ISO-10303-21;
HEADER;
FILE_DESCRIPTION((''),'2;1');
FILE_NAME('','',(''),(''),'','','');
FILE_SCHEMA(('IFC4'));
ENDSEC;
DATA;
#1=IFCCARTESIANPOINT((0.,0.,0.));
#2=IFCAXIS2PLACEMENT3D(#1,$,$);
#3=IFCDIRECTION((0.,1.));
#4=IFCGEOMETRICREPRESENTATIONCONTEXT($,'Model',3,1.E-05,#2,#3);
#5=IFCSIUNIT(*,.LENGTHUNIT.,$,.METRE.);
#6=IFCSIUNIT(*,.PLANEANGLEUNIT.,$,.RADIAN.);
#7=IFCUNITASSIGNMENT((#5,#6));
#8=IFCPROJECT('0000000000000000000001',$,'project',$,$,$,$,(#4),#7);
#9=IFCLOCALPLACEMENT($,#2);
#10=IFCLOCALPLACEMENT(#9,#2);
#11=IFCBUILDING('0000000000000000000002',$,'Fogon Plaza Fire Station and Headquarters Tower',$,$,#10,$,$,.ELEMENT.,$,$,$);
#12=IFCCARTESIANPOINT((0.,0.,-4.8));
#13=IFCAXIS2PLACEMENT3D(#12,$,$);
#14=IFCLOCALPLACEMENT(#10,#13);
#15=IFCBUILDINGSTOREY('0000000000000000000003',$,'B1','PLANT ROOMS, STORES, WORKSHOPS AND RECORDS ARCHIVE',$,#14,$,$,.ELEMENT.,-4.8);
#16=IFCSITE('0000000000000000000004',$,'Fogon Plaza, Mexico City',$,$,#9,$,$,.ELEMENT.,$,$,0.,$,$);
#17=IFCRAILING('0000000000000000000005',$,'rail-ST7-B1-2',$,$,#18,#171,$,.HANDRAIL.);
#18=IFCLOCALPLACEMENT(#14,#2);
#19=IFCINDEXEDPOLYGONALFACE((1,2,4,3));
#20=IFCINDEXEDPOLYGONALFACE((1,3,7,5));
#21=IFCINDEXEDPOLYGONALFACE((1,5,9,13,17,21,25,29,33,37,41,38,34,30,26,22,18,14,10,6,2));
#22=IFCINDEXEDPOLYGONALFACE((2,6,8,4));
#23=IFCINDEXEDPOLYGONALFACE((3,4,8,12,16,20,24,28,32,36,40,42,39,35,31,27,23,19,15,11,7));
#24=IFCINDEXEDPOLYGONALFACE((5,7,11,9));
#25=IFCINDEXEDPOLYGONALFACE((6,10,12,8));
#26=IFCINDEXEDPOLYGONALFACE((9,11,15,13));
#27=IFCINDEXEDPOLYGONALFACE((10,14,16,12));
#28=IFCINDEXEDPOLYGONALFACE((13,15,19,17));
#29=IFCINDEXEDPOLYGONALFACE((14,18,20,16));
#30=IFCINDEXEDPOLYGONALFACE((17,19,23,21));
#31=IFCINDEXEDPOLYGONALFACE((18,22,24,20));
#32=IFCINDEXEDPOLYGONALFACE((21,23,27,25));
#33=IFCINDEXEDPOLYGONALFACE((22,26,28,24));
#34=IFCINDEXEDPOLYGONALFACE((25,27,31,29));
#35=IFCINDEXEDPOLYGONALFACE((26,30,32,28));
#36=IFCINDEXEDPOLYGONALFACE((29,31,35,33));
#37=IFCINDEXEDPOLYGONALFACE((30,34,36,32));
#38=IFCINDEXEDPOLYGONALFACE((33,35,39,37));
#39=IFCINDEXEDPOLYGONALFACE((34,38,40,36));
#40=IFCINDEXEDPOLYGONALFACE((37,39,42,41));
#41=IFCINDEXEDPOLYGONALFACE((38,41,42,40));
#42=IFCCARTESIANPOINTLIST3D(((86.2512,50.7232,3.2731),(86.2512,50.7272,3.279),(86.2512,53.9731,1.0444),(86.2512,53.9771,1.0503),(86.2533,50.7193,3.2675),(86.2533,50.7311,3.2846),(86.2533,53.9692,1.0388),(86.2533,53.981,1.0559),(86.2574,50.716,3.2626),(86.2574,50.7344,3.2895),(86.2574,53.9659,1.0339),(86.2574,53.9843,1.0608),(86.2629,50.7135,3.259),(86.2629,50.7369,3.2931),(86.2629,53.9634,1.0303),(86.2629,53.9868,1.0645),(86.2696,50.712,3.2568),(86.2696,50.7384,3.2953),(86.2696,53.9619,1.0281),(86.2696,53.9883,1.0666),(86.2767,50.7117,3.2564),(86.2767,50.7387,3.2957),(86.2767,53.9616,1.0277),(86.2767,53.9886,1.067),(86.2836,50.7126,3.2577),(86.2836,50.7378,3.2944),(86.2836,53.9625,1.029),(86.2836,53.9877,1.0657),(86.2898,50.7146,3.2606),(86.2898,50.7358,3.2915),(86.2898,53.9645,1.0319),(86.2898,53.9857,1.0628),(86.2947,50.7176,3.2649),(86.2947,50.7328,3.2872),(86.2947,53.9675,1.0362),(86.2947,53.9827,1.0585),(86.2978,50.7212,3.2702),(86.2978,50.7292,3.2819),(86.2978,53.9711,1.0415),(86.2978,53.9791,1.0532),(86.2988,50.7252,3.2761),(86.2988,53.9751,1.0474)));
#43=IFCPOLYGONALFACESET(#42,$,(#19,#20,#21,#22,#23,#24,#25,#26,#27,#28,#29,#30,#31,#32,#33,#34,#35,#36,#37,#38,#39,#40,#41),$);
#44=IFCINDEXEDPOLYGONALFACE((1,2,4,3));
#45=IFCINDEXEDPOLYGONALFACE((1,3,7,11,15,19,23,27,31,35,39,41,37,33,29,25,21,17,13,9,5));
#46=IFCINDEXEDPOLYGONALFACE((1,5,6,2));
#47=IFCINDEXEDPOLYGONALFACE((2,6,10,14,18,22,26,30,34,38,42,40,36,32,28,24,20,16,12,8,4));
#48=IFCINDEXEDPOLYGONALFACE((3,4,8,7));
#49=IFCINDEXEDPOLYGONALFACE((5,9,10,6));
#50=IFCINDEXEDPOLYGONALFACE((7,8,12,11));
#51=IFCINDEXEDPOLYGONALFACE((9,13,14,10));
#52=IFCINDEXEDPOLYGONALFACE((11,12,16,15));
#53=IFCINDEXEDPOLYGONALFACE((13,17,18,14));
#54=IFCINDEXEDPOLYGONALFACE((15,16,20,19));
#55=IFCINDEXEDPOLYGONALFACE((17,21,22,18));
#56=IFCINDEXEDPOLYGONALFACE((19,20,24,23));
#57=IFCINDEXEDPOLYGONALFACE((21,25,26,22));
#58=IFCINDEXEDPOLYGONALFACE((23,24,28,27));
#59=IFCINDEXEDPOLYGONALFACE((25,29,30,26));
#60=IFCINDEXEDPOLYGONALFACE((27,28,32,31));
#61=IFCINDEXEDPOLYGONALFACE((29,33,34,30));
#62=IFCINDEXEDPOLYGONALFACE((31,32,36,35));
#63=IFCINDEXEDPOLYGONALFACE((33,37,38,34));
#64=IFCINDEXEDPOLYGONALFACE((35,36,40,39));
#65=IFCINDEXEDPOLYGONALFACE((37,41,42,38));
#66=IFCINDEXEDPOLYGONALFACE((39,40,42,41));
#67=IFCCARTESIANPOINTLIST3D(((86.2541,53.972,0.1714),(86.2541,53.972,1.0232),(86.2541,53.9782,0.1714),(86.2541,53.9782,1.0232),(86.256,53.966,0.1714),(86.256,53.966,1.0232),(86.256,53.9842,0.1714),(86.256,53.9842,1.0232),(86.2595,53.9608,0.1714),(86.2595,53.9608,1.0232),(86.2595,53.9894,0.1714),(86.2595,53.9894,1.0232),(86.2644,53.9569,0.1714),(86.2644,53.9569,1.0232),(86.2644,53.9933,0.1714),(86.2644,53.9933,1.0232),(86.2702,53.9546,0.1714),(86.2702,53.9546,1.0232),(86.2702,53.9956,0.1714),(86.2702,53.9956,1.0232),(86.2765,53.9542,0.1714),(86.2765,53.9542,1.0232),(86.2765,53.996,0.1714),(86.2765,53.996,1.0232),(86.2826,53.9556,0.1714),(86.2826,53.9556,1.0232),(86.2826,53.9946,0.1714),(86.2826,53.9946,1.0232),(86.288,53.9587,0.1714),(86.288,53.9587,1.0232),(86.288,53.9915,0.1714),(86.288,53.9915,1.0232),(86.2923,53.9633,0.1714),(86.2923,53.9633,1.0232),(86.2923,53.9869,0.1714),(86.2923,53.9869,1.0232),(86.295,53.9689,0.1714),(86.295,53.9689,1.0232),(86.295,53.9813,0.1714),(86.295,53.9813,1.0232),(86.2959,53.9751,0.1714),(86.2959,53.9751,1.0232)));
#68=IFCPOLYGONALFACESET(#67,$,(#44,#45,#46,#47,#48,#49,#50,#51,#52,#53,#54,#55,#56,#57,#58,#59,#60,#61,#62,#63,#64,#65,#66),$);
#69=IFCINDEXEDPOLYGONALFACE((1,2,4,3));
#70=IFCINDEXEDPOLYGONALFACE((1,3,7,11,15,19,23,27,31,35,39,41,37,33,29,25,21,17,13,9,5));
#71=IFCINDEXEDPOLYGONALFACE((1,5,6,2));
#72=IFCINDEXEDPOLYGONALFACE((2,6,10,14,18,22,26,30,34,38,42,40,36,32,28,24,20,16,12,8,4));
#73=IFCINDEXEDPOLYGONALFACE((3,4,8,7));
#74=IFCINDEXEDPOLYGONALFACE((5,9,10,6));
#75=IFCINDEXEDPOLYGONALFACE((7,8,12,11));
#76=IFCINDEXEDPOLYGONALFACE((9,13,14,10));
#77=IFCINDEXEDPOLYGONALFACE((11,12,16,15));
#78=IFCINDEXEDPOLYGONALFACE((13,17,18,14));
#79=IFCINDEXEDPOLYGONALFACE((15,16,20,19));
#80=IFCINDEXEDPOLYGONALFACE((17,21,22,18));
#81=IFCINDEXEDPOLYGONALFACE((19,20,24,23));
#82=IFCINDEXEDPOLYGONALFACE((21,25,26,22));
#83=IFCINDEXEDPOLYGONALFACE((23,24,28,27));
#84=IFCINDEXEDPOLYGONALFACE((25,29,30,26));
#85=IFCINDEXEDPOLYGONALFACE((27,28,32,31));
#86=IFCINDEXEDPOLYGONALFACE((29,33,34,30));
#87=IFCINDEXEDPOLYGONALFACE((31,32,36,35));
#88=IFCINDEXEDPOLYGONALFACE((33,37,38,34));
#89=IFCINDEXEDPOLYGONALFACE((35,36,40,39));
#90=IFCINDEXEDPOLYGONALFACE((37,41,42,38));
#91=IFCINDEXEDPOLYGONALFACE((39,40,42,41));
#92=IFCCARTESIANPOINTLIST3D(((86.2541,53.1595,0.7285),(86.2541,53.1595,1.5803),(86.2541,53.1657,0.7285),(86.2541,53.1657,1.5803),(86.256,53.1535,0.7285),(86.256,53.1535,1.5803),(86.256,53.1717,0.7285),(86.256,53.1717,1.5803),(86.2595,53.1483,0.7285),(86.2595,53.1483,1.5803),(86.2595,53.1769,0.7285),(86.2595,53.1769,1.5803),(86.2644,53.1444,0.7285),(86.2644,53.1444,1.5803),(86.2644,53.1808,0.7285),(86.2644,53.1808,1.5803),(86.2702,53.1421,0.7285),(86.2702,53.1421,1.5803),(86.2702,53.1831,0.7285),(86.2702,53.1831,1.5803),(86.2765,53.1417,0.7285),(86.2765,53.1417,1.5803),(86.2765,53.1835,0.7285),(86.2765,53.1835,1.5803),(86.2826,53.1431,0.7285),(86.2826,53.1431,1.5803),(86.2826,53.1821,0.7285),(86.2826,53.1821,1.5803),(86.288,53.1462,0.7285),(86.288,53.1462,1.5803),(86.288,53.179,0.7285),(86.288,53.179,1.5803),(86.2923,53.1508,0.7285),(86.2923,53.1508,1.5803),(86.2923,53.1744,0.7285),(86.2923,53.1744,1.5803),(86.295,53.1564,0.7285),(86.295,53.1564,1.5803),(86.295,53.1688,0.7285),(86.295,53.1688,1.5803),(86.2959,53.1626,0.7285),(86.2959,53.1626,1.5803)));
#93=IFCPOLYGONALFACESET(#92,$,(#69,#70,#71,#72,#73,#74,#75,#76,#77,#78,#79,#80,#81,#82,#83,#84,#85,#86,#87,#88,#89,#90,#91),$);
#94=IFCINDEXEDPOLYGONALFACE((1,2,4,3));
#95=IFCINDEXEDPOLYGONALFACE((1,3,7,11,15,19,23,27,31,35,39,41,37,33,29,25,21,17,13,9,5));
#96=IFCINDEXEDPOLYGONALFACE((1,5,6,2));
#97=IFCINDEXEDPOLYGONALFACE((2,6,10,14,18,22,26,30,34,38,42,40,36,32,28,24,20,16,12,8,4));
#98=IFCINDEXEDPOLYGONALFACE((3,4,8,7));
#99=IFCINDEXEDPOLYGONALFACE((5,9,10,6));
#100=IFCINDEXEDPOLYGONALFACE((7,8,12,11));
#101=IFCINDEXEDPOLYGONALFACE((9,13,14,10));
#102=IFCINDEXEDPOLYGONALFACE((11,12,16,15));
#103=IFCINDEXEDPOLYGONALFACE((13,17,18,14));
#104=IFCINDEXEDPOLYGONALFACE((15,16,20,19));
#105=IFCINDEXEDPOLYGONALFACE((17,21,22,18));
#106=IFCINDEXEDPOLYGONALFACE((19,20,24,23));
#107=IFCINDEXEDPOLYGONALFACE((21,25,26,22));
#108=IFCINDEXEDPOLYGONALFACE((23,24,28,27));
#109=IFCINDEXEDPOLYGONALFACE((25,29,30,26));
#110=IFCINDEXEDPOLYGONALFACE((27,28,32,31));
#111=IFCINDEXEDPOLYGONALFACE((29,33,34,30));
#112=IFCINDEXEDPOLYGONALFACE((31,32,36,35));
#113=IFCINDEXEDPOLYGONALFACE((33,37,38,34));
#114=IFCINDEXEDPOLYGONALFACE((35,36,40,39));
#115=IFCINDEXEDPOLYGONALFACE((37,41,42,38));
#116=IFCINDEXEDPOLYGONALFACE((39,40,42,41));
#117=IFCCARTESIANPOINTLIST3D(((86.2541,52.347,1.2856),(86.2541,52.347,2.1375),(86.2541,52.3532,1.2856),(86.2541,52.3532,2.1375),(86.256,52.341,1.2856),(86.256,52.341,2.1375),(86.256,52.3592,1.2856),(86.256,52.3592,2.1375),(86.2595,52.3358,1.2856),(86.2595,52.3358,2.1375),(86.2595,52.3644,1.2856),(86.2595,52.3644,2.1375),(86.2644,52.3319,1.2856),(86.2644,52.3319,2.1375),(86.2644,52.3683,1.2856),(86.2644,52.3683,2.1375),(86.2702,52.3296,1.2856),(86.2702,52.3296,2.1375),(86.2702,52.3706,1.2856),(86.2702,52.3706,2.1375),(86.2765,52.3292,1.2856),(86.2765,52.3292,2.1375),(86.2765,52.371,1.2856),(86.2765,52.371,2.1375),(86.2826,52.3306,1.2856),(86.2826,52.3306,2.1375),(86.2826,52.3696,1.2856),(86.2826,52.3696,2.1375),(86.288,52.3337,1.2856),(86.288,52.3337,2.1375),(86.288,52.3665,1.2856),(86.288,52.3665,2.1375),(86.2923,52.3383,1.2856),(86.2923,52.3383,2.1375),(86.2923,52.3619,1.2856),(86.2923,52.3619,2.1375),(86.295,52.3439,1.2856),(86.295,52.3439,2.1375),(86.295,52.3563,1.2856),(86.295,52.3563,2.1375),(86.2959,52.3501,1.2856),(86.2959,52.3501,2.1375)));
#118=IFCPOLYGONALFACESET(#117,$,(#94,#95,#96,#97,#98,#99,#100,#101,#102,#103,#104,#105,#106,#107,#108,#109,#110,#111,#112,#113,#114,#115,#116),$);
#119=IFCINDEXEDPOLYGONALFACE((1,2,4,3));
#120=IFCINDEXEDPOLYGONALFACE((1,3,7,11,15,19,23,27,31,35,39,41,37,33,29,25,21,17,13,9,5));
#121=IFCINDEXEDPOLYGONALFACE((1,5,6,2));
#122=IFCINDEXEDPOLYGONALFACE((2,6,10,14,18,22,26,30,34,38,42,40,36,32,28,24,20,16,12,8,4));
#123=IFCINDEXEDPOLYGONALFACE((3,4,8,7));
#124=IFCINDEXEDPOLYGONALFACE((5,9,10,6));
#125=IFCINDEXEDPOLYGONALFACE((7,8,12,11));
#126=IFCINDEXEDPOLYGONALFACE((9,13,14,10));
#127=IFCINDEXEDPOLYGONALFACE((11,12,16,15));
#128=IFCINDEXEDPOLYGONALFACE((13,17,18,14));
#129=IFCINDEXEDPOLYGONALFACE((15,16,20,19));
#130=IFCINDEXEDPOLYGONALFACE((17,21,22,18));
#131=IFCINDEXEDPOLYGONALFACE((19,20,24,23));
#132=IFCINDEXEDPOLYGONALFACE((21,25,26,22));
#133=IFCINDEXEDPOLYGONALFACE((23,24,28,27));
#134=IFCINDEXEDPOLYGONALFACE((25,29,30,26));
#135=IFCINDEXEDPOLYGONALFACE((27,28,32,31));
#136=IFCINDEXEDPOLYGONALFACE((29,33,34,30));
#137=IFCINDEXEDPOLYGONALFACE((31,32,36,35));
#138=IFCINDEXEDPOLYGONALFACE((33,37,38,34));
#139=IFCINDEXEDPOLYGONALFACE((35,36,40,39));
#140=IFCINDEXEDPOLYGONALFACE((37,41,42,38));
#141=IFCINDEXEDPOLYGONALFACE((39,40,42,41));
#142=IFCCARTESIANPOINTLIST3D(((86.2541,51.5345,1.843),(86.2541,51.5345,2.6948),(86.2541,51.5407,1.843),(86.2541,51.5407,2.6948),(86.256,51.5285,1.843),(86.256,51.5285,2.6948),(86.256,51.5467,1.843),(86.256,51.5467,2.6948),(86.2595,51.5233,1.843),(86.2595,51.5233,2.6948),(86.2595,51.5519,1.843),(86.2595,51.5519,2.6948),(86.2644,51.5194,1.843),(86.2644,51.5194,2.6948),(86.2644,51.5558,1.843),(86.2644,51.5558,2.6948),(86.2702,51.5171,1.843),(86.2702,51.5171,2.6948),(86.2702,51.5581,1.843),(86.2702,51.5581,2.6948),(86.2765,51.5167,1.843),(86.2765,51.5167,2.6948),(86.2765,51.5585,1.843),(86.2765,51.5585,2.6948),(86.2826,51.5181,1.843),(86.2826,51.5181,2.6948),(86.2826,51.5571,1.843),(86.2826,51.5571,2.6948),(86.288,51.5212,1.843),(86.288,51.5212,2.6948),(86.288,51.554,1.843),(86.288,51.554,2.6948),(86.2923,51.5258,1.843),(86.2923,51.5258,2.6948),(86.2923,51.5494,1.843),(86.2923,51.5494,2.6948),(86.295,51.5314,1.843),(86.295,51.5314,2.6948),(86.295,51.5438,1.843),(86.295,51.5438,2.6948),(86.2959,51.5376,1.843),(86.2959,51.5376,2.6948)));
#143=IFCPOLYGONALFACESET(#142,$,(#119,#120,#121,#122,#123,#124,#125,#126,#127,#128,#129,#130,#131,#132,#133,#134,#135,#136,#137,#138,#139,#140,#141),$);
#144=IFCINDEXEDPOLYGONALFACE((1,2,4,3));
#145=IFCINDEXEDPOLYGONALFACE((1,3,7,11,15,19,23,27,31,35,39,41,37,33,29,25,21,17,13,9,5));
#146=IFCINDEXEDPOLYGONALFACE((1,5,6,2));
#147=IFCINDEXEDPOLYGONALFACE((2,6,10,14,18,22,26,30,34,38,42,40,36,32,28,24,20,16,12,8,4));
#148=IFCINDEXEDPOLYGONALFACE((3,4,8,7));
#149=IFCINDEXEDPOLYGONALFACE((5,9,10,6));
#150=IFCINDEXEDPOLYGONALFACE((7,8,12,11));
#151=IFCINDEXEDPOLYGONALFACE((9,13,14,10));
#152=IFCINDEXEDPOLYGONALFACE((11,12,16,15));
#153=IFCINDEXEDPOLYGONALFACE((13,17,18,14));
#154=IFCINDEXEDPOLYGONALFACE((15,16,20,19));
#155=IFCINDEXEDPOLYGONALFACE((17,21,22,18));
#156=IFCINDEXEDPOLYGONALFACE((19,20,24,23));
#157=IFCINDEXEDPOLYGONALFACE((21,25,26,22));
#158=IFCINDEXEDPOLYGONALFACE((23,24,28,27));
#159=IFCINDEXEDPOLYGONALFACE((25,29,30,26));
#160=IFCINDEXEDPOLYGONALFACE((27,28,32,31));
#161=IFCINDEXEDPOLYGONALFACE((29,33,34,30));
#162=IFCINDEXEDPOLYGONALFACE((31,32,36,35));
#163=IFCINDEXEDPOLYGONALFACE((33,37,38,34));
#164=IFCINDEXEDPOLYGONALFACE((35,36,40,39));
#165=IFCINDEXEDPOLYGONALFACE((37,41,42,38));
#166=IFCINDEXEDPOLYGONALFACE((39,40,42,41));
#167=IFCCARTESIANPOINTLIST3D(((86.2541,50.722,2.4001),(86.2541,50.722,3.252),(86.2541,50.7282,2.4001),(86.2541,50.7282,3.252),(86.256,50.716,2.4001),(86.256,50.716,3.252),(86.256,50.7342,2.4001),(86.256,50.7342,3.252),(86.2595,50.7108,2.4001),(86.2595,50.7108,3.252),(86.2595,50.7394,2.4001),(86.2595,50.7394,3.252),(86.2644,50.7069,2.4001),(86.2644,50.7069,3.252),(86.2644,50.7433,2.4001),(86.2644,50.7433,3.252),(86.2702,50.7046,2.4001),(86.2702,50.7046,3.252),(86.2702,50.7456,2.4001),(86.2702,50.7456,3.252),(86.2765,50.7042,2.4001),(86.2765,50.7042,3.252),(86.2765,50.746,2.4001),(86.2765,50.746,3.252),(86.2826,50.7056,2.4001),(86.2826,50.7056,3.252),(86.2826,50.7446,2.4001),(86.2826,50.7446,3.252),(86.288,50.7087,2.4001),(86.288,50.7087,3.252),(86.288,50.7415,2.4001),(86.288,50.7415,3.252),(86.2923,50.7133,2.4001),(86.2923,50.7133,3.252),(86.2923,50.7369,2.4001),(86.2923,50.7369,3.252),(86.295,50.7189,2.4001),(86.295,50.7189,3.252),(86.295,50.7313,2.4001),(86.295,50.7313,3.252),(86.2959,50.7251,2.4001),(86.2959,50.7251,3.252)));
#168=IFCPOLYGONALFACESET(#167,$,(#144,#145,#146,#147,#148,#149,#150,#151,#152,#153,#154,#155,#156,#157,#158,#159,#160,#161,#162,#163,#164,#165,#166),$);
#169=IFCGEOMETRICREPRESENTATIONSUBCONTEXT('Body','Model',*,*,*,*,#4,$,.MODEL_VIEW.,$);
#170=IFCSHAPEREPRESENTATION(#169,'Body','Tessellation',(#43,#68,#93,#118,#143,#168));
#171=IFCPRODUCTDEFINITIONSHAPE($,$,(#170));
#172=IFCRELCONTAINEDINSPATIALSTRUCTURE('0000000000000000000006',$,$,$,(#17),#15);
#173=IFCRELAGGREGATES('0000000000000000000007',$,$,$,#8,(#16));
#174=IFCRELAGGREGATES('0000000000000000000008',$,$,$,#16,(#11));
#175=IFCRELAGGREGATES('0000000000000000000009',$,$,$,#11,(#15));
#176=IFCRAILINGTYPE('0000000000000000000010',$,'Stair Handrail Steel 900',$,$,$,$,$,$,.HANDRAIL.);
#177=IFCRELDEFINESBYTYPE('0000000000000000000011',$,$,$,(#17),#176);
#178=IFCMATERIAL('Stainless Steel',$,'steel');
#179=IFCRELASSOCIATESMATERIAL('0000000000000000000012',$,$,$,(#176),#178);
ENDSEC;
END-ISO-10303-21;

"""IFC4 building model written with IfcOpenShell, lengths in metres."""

from ifc_helpers import new_model, si_unit, direction, frame, origin, origin_2d, place, context, subcontext, project, spatial, circle, extrude, material, type_object, element, save


model = new_model("IFC4")

# Units and contexts
model_context = context("Model", 3, precision=1e-05, world=origin(), true_north=direction((0.0, 1.0)))
body_context = subcontext(model_context, "Body", "Model", "MODEL_VIEW")
ifc_project = project(units=[si_unit("LENGTHUNIT", "METRE"), si_unit("PLANEANGLEUNIT", "RADIAN")], contexts=[model_context])

# Site, building, storey
site_placement = place(None, origin())
site = spatial("IfcSite", under=ifc_project, at=site_placement, Name="Fogon Plaza, Mexico City", CompositionType="ELEMENT", RefElevation=0.0)
building_placement = place(site_placement, origin())
building = spatial("IfcBuilding", under=site, at=building_placement, Name="Fogon Plaza Fire Station and Headquarters Tower", CompositionType="ELEMENT")
storey_placement = place(building_placement, frame((0.0, 0.0, -4.8)))
storey = spatial("IfcBuildingStorey", under=building, at=storey_placement, Name="B1", Description="PLANT ROOMS, STORES, WORKSHOPS AND RECORDS ARCHIVE", CompositionType="ELEMENT", Elevation=-4.8)

# Railing
ifc_material_1 = material(Name="Stainless Steel", Category="steel")
railing_type_1 = type_object("IfcRailingType", Name="Stair Handrail Steel 900", PredefinedType="HANDRAIL", material=ifc_material_1)
for number, where, name in (
    (1, (86.2749, 53.9751, 0.1714), "rail-ST7-B1-2"),
):
    element("IfcRailing", number, at=place(storey_placement, frame(where)), inside=storey, type_object=railing_type_1, Name=name, PredefinedType="HANDRAIL", context=body_context, shape_type="SweptSolid", body=[
        extrude(circle(Radius=0.0239, at=origin_2d()), frame((0.0, 0.0, 0.876), z_axis=(0.0, -0.824707, 0.565561), x_axis=(1.0, 0.0, 0.0)), (0.0, 0.0, 1.0), 3.9407),
        extrude(circle(Radius=0.021, at=origin_2d()), origin(), (0.0, 0.0, 1.0), 0.8518),
        extrude(circle(Radius=0.021, at=origin_2d()), frame((0.0, -0.8125, 0.5571)), (0.0, 0.0, 1.0), 0.8518),
        extrude(circle(Radius=0.021, at=origin_2d()), frame((0.0, -1.625, 1.1143)), (0.0, 0.0, 1.0), 0.8518),
        extrude(circle(Radius=0.021, at=origin_2d()), frame((0.0, -2.4375, 1.6716)), (0.0, 0.0, 1.0), 0.8518),
        extrude(circle(Radius=0.021, at=origin_2d()), frame((0.0, -3.25, 2.2288)), (0.0, 0.0, 1.0), 0.8518),
    ])

save(model, "model.ifc")
